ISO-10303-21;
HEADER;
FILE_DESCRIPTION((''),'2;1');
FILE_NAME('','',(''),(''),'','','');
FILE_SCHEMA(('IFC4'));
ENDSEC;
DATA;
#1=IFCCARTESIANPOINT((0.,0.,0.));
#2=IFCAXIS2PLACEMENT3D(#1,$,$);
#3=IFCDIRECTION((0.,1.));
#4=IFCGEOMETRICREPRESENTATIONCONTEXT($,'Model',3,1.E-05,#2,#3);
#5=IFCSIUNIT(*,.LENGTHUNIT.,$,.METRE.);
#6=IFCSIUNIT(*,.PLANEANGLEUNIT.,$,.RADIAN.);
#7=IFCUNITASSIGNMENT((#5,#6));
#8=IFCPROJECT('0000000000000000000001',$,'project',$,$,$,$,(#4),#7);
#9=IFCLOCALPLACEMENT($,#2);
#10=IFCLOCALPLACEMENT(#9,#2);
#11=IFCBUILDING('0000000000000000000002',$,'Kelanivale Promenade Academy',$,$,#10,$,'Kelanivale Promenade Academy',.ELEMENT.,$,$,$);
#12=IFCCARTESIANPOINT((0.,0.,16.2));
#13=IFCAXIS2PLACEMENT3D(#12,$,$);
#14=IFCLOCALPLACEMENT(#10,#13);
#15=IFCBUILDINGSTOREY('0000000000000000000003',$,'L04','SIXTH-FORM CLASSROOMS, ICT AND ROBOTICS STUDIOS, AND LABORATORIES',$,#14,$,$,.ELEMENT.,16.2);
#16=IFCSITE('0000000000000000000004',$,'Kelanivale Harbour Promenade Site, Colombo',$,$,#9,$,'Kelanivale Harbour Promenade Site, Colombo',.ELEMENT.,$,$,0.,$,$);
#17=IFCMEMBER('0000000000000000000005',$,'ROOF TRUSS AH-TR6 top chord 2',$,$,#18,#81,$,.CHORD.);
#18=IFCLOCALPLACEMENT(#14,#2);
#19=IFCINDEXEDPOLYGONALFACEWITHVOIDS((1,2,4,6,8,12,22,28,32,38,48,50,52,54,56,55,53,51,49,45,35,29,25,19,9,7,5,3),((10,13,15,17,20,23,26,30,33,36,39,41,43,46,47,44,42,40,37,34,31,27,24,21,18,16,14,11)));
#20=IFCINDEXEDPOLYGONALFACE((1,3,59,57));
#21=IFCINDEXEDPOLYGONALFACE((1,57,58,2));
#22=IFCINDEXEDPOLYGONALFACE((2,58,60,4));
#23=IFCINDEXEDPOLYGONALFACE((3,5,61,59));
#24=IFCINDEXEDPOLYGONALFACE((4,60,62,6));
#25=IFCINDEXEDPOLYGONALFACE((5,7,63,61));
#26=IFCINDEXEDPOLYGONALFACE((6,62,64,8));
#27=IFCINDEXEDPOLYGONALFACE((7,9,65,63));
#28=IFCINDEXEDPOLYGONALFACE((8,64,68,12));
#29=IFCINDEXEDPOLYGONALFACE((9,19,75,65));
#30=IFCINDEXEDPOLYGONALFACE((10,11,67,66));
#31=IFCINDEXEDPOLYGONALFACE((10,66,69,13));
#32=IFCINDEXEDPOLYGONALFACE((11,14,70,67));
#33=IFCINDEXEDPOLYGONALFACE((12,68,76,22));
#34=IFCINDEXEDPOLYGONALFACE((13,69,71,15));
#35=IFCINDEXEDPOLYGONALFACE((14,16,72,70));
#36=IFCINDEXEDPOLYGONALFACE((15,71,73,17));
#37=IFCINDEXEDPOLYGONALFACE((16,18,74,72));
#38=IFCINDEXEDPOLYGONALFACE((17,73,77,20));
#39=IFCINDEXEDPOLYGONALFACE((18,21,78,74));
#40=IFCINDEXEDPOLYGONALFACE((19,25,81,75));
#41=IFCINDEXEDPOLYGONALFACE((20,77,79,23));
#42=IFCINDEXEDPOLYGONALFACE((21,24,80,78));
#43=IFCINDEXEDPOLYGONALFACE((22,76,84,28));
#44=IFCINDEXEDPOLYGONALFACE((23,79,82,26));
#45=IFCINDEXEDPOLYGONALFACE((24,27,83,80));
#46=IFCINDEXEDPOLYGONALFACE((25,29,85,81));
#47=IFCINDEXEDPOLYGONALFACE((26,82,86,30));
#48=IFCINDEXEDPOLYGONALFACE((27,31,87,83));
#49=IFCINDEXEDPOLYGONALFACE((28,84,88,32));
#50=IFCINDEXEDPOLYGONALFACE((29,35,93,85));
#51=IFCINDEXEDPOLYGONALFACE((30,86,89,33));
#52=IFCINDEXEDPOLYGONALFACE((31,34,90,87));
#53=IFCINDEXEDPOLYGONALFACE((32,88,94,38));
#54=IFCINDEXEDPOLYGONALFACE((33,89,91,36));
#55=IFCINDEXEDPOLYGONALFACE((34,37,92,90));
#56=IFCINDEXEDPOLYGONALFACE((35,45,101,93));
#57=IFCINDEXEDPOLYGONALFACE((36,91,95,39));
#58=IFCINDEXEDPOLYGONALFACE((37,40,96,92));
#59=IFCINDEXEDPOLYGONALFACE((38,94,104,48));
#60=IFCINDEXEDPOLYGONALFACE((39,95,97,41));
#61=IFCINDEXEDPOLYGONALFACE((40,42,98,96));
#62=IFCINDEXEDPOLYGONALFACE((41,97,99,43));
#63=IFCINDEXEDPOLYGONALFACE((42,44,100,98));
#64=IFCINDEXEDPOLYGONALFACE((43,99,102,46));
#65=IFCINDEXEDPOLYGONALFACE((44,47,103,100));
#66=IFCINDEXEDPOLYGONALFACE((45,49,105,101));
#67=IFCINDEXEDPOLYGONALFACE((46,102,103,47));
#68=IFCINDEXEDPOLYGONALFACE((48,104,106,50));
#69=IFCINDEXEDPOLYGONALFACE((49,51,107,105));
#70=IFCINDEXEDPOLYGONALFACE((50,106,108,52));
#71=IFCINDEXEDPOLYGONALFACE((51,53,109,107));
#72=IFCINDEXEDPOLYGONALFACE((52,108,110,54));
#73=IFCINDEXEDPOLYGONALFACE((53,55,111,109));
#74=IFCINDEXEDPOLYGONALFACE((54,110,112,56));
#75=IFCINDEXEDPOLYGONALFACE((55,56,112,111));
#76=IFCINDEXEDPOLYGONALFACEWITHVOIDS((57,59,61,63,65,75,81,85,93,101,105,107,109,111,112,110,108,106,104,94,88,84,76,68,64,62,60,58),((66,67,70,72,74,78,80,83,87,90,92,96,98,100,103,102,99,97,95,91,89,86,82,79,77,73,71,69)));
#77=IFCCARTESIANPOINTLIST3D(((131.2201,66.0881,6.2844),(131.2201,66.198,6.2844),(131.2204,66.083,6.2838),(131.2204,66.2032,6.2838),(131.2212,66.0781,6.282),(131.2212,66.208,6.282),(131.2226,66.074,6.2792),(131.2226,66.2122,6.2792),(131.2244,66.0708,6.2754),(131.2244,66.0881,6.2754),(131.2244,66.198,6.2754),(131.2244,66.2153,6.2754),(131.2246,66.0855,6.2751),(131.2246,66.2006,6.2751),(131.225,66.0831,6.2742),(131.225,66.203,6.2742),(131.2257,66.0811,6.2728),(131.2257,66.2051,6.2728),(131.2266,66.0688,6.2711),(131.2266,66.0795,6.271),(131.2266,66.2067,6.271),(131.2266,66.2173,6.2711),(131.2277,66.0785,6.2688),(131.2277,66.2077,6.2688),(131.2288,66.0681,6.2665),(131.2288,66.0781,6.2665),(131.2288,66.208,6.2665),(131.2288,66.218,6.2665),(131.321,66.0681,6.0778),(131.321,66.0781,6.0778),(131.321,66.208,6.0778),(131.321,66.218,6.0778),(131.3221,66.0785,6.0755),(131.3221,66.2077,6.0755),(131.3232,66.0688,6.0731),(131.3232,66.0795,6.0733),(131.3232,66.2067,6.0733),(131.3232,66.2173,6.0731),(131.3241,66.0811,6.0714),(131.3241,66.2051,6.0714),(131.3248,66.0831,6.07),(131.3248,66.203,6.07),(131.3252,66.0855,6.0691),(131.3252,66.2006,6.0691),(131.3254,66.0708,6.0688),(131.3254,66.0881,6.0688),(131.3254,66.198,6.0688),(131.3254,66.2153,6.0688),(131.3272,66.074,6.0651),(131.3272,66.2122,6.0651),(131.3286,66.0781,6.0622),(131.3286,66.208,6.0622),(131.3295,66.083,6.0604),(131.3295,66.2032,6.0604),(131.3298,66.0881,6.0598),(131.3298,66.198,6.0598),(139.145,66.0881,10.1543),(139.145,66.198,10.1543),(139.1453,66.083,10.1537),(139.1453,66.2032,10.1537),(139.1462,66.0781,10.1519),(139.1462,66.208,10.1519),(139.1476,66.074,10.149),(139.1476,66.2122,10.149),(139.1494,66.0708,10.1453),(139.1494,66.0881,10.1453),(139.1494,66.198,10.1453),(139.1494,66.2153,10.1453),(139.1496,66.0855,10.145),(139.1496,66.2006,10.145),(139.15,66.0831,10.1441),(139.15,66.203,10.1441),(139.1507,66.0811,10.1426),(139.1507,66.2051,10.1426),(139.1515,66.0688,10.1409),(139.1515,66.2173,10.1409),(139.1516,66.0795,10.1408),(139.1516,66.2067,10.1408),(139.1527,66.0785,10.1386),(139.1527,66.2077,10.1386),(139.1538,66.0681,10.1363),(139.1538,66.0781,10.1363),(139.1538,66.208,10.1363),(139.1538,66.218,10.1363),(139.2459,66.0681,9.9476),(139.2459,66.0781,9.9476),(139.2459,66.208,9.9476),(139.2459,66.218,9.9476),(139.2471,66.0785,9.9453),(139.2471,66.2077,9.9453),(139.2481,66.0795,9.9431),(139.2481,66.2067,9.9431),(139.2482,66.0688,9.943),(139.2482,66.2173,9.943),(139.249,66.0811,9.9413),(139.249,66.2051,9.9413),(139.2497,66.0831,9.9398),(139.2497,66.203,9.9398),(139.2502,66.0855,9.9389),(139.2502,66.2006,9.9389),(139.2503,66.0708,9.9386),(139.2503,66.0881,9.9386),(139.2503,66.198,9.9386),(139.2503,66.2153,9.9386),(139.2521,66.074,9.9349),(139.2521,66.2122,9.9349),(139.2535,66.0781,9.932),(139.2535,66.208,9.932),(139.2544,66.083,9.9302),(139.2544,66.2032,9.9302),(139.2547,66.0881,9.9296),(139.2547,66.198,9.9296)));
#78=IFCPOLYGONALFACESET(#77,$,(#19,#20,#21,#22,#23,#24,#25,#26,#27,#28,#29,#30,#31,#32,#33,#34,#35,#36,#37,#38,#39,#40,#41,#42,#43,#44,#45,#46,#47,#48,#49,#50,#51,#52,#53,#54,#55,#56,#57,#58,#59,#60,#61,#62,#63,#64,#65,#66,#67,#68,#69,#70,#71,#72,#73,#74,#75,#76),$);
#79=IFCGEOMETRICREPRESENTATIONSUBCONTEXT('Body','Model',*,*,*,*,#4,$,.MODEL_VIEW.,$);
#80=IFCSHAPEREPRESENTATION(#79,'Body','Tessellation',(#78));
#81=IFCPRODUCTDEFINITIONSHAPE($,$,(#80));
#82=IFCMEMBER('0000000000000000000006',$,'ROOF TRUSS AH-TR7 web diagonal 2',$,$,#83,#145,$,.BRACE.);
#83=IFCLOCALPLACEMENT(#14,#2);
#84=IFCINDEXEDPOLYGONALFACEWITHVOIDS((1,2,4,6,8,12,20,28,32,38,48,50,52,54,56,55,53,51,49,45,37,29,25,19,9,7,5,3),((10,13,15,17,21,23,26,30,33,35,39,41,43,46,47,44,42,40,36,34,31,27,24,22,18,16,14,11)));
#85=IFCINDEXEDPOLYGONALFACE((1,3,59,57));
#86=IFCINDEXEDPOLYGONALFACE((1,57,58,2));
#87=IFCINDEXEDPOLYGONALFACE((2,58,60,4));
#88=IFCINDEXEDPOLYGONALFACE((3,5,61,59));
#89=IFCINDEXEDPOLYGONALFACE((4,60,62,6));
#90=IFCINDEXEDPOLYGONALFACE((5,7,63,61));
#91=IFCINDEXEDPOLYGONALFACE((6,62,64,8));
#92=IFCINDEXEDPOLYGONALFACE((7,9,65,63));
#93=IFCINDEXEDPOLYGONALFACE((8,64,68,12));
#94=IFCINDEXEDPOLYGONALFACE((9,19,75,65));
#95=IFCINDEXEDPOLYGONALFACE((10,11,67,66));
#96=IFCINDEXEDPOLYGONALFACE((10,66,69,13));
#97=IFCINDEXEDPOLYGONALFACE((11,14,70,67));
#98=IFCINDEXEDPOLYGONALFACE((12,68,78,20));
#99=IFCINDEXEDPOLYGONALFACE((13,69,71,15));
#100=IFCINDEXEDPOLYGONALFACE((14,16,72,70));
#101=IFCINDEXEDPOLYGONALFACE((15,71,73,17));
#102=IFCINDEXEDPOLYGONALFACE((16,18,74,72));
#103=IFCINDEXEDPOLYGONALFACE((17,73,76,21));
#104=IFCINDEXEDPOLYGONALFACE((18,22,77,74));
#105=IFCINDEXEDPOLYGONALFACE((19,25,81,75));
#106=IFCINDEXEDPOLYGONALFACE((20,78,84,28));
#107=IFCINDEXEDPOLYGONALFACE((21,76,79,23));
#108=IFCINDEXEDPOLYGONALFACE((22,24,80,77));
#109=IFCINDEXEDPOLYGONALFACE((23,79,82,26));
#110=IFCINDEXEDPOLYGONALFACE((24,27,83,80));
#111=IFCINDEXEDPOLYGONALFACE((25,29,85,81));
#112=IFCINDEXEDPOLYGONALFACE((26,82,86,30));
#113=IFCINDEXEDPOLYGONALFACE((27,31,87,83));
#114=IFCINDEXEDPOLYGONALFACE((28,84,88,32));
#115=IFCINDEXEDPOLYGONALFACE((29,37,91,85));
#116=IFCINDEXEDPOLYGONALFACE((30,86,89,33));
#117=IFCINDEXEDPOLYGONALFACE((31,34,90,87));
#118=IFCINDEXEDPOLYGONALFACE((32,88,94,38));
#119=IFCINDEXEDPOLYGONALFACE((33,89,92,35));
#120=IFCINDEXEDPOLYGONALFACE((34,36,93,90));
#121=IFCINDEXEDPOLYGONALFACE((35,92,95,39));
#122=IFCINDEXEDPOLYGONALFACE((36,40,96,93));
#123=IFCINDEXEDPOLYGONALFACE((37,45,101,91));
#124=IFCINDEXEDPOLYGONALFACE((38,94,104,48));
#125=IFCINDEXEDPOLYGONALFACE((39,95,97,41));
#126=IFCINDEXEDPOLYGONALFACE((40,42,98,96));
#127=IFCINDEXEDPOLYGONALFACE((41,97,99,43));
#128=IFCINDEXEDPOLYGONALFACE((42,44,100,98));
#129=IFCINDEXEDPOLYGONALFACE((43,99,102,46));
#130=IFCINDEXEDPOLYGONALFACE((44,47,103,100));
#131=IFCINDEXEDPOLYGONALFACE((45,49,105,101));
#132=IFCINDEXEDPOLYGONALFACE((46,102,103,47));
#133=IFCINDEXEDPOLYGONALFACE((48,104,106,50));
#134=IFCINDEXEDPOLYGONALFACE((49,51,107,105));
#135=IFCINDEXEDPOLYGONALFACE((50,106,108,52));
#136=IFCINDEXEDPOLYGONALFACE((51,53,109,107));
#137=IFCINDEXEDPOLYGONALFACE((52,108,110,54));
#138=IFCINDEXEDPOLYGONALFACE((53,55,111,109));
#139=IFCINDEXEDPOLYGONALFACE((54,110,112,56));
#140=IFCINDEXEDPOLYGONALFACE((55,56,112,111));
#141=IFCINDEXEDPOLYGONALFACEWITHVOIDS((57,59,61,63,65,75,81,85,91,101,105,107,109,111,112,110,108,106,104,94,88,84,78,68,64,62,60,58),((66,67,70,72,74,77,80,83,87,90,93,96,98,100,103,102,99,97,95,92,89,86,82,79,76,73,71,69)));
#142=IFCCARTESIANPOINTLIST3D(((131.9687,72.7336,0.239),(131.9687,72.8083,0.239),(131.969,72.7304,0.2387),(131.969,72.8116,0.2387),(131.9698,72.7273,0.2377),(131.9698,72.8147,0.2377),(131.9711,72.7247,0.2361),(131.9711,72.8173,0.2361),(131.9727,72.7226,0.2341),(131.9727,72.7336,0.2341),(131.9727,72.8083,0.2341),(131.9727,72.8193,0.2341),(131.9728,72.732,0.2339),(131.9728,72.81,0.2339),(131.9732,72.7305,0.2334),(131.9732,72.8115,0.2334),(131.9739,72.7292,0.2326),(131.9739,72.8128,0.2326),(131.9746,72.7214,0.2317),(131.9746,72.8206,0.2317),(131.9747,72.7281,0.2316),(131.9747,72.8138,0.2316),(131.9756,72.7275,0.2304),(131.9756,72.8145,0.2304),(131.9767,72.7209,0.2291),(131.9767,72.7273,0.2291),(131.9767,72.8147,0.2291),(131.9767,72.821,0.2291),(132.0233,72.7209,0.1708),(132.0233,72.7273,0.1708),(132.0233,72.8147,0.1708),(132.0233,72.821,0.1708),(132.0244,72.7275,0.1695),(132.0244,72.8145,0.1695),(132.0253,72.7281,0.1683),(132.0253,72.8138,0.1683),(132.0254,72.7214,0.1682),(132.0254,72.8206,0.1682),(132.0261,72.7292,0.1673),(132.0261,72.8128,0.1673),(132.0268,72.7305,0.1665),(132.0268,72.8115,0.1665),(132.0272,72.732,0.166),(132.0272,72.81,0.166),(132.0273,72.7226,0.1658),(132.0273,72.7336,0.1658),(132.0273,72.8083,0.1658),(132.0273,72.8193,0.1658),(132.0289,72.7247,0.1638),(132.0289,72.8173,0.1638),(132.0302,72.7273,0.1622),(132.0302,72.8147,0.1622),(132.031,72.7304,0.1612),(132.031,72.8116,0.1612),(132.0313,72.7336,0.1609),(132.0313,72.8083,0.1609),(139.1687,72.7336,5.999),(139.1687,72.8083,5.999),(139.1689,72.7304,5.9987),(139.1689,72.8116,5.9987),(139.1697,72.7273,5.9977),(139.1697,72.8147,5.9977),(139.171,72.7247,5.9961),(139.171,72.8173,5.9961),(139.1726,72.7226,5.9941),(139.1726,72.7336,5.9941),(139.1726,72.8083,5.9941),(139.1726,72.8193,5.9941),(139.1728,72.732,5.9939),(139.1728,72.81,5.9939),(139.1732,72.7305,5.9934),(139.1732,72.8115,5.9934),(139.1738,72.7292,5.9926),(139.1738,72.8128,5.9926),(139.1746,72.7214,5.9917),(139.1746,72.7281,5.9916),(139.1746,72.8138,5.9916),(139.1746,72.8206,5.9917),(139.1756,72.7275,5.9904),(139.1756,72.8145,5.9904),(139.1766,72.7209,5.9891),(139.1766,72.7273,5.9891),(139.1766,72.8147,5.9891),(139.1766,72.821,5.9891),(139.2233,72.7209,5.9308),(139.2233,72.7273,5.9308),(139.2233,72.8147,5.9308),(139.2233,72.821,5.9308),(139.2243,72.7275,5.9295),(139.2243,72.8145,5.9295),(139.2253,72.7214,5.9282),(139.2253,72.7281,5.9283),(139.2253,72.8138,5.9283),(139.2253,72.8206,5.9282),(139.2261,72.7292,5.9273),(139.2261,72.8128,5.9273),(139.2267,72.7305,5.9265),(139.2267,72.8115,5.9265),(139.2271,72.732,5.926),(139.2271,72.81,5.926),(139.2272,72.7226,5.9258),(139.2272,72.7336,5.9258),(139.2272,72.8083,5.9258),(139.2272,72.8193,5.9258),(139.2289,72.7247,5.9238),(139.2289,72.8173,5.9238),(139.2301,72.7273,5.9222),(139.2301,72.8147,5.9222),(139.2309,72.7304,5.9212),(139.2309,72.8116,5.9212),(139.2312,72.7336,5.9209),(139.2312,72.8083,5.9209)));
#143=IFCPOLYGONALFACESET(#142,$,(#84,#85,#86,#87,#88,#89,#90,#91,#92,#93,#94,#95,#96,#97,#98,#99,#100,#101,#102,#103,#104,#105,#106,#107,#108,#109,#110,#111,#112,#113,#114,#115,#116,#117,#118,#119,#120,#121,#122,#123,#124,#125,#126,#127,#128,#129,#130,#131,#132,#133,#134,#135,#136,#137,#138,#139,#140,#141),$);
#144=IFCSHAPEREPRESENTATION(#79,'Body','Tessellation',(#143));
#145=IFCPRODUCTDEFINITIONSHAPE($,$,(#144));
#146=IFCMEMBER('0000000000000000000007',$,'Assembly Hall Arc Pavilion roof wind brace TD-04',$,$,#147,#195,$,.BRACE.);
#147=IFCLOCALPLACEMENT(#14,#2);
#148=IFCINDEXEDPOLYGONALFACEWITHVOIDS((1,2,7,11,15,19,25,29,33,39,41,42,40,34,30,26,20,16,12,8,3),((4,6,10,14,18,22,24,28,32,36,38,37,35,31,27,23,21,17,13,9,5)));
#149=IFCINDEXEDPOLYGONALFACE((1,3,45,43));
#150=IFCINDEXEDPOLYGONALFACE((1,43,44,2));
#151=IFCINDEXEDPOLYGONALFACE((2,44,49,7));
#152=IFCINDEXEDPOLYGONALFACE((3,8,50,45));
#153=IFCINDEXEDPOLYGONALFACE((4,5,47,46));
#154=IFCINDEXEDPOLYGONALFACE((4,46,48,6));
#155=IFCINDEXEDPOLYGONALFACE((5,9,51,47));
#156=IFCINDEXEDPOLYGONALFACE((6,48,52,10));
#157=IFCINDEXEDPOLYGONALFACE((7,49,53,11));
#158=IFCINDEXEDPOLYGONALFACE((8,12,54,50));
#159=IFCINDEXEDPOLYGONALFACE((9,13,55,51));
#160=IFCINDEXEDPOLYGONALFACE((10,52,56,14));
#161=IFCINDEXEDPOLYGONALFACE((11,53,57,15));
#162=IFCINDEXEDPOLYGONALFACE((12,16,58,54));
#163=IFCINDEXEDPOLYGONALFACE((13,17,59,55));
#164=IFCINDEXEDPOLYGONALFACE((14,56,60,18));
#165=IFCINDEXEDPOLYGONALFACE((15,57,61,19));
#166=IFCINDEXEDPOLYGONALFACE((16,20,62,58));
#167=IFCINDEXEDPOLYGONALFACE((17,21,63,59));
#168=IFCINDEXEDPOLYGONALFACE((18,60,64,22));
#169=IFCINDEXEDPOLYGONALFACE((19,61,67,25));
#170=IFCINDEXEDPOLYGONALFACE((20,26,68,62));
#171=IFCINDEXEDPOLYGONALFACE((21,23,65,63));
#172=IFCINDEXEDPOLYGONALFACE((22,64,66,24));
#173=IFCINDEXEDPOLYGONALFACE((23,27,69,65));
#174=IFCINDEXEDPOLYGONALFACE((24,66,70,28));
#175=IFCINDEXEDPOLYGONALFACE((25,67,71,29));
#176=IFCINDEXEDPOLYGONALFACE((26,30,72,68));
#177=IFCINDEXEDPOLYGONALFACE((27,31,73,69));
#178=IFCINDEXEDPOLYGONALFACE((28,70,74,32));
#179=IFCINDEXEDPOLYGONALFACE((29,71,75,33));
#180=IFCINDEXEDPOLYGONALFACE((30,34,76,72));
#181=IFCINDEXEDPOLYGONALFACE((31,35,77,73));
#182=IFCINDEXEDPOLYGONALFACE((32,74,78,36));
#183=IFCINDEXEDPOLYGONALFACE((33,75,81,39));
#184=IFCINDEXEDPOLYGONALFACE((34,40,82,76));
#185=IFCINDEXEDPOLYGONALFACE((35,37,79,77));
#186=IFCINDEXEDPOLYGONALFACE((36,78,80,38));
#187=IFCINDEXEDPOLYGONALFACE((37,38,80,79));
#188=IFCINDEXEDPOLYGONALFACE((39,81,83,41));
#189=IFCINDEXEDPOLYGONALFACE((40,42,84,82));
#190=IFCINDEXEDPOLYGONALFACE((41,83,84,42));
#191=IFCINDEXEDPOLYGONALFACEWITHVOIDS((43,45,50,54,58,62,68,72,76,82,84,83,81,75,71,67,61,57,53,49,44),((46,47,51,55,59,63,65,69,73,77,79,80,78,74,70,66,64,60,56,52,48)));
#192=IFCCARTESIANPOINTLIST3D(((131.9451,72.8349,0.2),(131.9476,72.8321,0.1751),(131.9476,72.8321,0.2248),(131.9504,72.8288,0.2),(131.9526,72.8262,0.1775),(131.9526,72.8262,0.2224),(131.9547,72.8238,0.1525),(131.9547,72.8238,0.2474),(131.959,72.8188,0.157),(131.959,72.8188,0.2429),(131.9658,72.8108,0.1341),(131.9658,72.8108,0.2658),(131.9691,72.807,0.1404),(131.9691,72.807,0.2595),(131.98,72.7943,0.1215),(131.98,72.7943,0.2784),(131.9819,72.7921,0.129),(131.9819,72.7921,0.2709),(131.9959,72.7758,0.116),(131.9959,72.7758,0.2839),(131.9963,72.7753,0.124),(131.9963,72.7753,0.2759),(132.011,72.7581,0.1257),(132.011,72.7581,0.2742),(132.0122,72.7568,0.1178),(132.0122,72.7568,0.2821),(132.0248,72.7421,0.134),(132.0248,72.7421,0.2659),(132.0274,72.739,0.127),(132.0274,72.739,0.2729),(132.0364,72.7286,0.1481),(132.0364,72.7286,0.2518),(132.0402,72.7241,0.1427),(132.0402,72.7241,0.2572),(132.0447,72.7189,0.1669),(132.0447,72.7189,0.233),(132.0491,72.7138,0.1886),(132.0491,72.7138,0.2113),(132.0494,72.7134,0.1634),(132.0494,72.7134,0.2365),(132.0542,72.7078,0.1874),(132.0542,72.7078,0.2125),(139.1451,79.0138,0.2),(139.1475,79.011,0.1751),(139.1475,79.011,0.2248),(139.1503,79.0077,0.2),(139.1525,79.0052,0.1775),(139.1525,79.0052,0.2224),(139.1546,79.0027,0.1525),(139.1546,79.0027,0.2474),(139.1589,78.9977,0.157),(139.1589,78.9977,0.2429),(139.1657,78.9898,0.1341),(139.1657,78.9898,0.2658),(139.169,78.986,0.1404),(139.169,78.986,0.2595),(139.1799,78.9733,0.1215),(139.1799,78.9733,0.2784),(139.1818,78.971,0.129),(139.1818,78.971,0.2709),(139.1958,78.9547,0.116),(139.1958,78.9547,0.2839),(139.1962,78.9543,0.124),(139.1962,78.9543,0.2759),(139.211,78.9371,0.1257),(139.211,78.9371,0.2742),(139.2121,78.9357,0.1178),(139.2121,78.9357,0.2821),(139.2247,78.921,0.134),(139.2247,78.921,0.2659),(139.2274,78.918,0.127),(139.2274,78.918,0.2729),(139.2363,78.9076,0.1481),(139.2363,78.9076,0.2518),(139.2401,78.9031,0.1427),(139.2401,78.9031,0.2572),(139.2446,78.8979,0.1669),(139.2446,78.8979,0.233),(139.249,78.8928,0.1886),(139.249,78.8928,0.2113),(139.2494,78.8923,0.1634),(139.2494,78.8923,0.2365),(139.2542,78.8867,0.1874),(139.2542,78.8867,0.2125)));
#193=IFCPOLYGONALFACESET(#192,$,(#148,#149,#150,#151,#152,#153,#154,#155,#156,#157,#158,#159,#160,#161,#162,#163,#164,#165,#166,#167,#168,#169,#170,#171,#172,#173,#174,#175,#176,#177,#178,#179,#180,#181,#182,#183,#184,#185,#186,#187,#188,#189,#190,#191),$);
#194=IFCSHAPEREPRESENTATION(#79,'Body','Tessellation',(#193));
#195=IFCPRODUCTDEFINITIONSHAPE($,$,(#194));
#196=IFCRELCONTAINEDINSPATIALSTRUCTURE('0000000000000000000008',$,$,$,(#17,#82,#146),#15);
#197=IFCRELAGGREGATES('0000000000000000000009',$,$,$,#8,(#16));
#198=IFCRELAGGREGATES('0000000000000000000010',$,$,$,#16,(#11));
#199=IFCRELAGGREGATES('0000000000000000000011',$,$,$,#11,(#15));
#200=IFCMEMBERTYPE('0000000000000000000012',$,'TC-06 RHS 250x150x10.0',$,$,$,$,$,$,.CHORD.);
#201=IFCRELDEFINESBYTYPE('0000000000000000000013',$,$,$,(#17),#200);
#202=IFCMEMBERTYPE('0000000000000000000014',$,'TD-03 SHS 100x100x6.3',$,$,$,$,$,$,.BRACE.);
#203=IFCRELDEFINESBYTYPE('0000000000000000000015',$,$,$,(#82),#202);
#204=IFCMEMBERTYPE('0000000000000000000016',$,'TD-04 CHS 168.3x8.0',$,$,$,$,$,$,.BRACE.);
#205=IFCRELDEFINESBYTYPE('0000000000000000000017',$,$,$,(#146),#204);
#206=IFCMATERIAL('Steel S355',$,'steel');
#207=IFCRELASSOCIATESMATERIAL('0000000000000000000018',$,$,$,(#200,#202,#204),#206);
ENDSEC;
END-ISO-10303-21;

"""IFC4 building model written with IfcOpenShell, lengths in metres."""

from ifc_helpers import new_model, si_unit, direction, frame, origin, origin_2d, place, context, subcontext, project, spatial, hollow_rectangle, hollow_circle, extrude, material, material_profile, profile_set, type_object, element, save


model = new_model("IFC4")

# Units and contexts
model_context = context("Model", 3, precision=1e-05, world=origin(), true_north=direction((0.0, 1.0)))
body_context = subcontext(model_context, "Body", "Model", "MODEL_VIEW")
ifc_project = project(units=[si_unit("LENGTHUNIT", "METRE"), si_unit("PLANEANGLEUNIT", "RADIAN")], contexts=[model_context])

# Site, building, storey
site_placement = place(None, origin())
site = spatial("IfcSite", under=ifc_project, at=site_placement, Name="Kelanivale Harbour Promenade Site, Colombo", LongName="Kelanivale Harbour Promenade Site, Colombo", CompositionType="ELEMENT", RefElevation=0.0)
building_placement = place(site_placement, origin())
building = spatial("IfcBuilding", under=site, at=building_placement, Name="Kelanivale Promenade Academy", LongName="Kelanivale Promenade Academy", CompositionType="ELEMENT")
storey_placement = place(building_placement, frame((0.0, 0.0, 16.2)))
storey = spatial("IfcBuildingStorey", under=building, at=storey_placement, Name="L04", Description="SIXTH-FORM CLASSROOMS, ICT AND ROBOTICS STUDIOS, AND LABORATORIES", CompositionType="ELEMENT", Elevation=16.2)

# Members
ifc_material_1 = material(Name="Steel S355", Category="steel")
ifc_material_profile_1 = material_profile(ifc_material_1, hollow_rectangle(XDim=0.1499, YDim=0.25, WallThickness=0.01, InnerFilletRadius=0.01, OuterFilletRadius=0.02, at=origin_2d()), Name="RHS 250x150x10.0")
ifc_profile_set_1 = profile_set([ifc_material_profile_1], Name="Steel S355")
member_type_1 = type_object("IfcMemberType", Name="TC-06 RHS 250x150x10.0", PredefinedType="CHORD", material=ifc_profile_set_1)
member_1_placement = place(storey_placement, frame((131.2749, 66.1431, 6.1721), z_axis=(0.89859, 0.0, 0.43879), x_axis=(0.0, 1.0, 0.0)))
element("IfcMember", 1, at=member_1_placement, inside=storey, type_object=member_type_1, Name="ROOF TRUSS AH-TR6 top chord 2", PredefinedType="CHORD", context=body_context, shape_type="SweptSolid", body=[
    extrude(hollow_rectangle(XDim=0.1499, YDim=0.25, WallThickness=0.01, InnerFilletRadius=0.01, OuterFilletRadius=0.02, at=origin_2d()), origin(), (0.0, 0.0, 1.0), 8.8193),
])
ifc_material_profile_2 = material_profile(ifc_material_1, hollow_rectangle(XDim=0.1001, YDim=0.1001, WallThickness=0.0063, InnerFilletRadius=0.0063, OuterFilletRadius=0.0127, at=origin_2d()), Name="SHS 100x100x6.3")
ifc_profile_set_2 = profile_set([ifc_material_profile_2], Name="Steel S355")
member_type_2 = type_object("IfcMemberType", Name="TD-03 SHS 100x100x6.3", PredefinedType="BRACE", material=ifc_profile_set_2)
member_2_placement = place(storey_placement, frame((132.0, 72.771, 0.2), z_axis=(0.780866, 0.0, 0.624698), x_axis=(0.0, 1.0, 0.0)))
element("IfcMember", 2, at=member_2_placement, inside=storey, type_object=member_type_2, Name="ROOF TRUSS AH-TR7 web diagonal 2", PredefinedType="BRACE", context=body_context, shape_type="SweptSolid", body=[
    extrude(hollow_rectangle(XDim=0.1001, YDim=0.1001, WallThickness=0.0063, InnerFilletRadius=0.0063, OuterFilletRadius=0.0127, at=origin_2d()), origin(), (0.0, 0.0, 1.0), 9.2205),
])
ifc_material_profile_3 = material_profile(ifc_material_1, hollow_circle(Radius=0.0842, WallThickness=0.0081, at=origin_2d()), Name="CHS 168.3x8.0")
ifc_profile_set_3 = profile_set([ifc_material_profile_3], Name="Steel S355")
member_type_3 = type_object("IfcMemberType", Name="TD-04 CHS 168.3x8.0", PredefinedType="BRACE", material=ifc_profile_set_3)
member_3_placement = place(storey_placement, frame((132.0, 72.771, 0.2), z_axis=(0.758862, 0.651251, 0.0), x_axis=(-0.651251, 0.758862, 0.0)))
element("IfcMember", 3, at=member_3_placement, inside=storey, type_object=member_type_3, Name="Assembly Hall Arc Pavilion roof wind brace TD-04", PredefinedType="BRACE", context=body_context, shape_type="SweptSolid", body=[
    extrude(hollow_circle(Radius=0.0842, WallThickness=0.0081, at=origin_2d()), origin(), (0.0, 0.0, 1.0), 9.4878),
])

save(model, "model.ifc")
